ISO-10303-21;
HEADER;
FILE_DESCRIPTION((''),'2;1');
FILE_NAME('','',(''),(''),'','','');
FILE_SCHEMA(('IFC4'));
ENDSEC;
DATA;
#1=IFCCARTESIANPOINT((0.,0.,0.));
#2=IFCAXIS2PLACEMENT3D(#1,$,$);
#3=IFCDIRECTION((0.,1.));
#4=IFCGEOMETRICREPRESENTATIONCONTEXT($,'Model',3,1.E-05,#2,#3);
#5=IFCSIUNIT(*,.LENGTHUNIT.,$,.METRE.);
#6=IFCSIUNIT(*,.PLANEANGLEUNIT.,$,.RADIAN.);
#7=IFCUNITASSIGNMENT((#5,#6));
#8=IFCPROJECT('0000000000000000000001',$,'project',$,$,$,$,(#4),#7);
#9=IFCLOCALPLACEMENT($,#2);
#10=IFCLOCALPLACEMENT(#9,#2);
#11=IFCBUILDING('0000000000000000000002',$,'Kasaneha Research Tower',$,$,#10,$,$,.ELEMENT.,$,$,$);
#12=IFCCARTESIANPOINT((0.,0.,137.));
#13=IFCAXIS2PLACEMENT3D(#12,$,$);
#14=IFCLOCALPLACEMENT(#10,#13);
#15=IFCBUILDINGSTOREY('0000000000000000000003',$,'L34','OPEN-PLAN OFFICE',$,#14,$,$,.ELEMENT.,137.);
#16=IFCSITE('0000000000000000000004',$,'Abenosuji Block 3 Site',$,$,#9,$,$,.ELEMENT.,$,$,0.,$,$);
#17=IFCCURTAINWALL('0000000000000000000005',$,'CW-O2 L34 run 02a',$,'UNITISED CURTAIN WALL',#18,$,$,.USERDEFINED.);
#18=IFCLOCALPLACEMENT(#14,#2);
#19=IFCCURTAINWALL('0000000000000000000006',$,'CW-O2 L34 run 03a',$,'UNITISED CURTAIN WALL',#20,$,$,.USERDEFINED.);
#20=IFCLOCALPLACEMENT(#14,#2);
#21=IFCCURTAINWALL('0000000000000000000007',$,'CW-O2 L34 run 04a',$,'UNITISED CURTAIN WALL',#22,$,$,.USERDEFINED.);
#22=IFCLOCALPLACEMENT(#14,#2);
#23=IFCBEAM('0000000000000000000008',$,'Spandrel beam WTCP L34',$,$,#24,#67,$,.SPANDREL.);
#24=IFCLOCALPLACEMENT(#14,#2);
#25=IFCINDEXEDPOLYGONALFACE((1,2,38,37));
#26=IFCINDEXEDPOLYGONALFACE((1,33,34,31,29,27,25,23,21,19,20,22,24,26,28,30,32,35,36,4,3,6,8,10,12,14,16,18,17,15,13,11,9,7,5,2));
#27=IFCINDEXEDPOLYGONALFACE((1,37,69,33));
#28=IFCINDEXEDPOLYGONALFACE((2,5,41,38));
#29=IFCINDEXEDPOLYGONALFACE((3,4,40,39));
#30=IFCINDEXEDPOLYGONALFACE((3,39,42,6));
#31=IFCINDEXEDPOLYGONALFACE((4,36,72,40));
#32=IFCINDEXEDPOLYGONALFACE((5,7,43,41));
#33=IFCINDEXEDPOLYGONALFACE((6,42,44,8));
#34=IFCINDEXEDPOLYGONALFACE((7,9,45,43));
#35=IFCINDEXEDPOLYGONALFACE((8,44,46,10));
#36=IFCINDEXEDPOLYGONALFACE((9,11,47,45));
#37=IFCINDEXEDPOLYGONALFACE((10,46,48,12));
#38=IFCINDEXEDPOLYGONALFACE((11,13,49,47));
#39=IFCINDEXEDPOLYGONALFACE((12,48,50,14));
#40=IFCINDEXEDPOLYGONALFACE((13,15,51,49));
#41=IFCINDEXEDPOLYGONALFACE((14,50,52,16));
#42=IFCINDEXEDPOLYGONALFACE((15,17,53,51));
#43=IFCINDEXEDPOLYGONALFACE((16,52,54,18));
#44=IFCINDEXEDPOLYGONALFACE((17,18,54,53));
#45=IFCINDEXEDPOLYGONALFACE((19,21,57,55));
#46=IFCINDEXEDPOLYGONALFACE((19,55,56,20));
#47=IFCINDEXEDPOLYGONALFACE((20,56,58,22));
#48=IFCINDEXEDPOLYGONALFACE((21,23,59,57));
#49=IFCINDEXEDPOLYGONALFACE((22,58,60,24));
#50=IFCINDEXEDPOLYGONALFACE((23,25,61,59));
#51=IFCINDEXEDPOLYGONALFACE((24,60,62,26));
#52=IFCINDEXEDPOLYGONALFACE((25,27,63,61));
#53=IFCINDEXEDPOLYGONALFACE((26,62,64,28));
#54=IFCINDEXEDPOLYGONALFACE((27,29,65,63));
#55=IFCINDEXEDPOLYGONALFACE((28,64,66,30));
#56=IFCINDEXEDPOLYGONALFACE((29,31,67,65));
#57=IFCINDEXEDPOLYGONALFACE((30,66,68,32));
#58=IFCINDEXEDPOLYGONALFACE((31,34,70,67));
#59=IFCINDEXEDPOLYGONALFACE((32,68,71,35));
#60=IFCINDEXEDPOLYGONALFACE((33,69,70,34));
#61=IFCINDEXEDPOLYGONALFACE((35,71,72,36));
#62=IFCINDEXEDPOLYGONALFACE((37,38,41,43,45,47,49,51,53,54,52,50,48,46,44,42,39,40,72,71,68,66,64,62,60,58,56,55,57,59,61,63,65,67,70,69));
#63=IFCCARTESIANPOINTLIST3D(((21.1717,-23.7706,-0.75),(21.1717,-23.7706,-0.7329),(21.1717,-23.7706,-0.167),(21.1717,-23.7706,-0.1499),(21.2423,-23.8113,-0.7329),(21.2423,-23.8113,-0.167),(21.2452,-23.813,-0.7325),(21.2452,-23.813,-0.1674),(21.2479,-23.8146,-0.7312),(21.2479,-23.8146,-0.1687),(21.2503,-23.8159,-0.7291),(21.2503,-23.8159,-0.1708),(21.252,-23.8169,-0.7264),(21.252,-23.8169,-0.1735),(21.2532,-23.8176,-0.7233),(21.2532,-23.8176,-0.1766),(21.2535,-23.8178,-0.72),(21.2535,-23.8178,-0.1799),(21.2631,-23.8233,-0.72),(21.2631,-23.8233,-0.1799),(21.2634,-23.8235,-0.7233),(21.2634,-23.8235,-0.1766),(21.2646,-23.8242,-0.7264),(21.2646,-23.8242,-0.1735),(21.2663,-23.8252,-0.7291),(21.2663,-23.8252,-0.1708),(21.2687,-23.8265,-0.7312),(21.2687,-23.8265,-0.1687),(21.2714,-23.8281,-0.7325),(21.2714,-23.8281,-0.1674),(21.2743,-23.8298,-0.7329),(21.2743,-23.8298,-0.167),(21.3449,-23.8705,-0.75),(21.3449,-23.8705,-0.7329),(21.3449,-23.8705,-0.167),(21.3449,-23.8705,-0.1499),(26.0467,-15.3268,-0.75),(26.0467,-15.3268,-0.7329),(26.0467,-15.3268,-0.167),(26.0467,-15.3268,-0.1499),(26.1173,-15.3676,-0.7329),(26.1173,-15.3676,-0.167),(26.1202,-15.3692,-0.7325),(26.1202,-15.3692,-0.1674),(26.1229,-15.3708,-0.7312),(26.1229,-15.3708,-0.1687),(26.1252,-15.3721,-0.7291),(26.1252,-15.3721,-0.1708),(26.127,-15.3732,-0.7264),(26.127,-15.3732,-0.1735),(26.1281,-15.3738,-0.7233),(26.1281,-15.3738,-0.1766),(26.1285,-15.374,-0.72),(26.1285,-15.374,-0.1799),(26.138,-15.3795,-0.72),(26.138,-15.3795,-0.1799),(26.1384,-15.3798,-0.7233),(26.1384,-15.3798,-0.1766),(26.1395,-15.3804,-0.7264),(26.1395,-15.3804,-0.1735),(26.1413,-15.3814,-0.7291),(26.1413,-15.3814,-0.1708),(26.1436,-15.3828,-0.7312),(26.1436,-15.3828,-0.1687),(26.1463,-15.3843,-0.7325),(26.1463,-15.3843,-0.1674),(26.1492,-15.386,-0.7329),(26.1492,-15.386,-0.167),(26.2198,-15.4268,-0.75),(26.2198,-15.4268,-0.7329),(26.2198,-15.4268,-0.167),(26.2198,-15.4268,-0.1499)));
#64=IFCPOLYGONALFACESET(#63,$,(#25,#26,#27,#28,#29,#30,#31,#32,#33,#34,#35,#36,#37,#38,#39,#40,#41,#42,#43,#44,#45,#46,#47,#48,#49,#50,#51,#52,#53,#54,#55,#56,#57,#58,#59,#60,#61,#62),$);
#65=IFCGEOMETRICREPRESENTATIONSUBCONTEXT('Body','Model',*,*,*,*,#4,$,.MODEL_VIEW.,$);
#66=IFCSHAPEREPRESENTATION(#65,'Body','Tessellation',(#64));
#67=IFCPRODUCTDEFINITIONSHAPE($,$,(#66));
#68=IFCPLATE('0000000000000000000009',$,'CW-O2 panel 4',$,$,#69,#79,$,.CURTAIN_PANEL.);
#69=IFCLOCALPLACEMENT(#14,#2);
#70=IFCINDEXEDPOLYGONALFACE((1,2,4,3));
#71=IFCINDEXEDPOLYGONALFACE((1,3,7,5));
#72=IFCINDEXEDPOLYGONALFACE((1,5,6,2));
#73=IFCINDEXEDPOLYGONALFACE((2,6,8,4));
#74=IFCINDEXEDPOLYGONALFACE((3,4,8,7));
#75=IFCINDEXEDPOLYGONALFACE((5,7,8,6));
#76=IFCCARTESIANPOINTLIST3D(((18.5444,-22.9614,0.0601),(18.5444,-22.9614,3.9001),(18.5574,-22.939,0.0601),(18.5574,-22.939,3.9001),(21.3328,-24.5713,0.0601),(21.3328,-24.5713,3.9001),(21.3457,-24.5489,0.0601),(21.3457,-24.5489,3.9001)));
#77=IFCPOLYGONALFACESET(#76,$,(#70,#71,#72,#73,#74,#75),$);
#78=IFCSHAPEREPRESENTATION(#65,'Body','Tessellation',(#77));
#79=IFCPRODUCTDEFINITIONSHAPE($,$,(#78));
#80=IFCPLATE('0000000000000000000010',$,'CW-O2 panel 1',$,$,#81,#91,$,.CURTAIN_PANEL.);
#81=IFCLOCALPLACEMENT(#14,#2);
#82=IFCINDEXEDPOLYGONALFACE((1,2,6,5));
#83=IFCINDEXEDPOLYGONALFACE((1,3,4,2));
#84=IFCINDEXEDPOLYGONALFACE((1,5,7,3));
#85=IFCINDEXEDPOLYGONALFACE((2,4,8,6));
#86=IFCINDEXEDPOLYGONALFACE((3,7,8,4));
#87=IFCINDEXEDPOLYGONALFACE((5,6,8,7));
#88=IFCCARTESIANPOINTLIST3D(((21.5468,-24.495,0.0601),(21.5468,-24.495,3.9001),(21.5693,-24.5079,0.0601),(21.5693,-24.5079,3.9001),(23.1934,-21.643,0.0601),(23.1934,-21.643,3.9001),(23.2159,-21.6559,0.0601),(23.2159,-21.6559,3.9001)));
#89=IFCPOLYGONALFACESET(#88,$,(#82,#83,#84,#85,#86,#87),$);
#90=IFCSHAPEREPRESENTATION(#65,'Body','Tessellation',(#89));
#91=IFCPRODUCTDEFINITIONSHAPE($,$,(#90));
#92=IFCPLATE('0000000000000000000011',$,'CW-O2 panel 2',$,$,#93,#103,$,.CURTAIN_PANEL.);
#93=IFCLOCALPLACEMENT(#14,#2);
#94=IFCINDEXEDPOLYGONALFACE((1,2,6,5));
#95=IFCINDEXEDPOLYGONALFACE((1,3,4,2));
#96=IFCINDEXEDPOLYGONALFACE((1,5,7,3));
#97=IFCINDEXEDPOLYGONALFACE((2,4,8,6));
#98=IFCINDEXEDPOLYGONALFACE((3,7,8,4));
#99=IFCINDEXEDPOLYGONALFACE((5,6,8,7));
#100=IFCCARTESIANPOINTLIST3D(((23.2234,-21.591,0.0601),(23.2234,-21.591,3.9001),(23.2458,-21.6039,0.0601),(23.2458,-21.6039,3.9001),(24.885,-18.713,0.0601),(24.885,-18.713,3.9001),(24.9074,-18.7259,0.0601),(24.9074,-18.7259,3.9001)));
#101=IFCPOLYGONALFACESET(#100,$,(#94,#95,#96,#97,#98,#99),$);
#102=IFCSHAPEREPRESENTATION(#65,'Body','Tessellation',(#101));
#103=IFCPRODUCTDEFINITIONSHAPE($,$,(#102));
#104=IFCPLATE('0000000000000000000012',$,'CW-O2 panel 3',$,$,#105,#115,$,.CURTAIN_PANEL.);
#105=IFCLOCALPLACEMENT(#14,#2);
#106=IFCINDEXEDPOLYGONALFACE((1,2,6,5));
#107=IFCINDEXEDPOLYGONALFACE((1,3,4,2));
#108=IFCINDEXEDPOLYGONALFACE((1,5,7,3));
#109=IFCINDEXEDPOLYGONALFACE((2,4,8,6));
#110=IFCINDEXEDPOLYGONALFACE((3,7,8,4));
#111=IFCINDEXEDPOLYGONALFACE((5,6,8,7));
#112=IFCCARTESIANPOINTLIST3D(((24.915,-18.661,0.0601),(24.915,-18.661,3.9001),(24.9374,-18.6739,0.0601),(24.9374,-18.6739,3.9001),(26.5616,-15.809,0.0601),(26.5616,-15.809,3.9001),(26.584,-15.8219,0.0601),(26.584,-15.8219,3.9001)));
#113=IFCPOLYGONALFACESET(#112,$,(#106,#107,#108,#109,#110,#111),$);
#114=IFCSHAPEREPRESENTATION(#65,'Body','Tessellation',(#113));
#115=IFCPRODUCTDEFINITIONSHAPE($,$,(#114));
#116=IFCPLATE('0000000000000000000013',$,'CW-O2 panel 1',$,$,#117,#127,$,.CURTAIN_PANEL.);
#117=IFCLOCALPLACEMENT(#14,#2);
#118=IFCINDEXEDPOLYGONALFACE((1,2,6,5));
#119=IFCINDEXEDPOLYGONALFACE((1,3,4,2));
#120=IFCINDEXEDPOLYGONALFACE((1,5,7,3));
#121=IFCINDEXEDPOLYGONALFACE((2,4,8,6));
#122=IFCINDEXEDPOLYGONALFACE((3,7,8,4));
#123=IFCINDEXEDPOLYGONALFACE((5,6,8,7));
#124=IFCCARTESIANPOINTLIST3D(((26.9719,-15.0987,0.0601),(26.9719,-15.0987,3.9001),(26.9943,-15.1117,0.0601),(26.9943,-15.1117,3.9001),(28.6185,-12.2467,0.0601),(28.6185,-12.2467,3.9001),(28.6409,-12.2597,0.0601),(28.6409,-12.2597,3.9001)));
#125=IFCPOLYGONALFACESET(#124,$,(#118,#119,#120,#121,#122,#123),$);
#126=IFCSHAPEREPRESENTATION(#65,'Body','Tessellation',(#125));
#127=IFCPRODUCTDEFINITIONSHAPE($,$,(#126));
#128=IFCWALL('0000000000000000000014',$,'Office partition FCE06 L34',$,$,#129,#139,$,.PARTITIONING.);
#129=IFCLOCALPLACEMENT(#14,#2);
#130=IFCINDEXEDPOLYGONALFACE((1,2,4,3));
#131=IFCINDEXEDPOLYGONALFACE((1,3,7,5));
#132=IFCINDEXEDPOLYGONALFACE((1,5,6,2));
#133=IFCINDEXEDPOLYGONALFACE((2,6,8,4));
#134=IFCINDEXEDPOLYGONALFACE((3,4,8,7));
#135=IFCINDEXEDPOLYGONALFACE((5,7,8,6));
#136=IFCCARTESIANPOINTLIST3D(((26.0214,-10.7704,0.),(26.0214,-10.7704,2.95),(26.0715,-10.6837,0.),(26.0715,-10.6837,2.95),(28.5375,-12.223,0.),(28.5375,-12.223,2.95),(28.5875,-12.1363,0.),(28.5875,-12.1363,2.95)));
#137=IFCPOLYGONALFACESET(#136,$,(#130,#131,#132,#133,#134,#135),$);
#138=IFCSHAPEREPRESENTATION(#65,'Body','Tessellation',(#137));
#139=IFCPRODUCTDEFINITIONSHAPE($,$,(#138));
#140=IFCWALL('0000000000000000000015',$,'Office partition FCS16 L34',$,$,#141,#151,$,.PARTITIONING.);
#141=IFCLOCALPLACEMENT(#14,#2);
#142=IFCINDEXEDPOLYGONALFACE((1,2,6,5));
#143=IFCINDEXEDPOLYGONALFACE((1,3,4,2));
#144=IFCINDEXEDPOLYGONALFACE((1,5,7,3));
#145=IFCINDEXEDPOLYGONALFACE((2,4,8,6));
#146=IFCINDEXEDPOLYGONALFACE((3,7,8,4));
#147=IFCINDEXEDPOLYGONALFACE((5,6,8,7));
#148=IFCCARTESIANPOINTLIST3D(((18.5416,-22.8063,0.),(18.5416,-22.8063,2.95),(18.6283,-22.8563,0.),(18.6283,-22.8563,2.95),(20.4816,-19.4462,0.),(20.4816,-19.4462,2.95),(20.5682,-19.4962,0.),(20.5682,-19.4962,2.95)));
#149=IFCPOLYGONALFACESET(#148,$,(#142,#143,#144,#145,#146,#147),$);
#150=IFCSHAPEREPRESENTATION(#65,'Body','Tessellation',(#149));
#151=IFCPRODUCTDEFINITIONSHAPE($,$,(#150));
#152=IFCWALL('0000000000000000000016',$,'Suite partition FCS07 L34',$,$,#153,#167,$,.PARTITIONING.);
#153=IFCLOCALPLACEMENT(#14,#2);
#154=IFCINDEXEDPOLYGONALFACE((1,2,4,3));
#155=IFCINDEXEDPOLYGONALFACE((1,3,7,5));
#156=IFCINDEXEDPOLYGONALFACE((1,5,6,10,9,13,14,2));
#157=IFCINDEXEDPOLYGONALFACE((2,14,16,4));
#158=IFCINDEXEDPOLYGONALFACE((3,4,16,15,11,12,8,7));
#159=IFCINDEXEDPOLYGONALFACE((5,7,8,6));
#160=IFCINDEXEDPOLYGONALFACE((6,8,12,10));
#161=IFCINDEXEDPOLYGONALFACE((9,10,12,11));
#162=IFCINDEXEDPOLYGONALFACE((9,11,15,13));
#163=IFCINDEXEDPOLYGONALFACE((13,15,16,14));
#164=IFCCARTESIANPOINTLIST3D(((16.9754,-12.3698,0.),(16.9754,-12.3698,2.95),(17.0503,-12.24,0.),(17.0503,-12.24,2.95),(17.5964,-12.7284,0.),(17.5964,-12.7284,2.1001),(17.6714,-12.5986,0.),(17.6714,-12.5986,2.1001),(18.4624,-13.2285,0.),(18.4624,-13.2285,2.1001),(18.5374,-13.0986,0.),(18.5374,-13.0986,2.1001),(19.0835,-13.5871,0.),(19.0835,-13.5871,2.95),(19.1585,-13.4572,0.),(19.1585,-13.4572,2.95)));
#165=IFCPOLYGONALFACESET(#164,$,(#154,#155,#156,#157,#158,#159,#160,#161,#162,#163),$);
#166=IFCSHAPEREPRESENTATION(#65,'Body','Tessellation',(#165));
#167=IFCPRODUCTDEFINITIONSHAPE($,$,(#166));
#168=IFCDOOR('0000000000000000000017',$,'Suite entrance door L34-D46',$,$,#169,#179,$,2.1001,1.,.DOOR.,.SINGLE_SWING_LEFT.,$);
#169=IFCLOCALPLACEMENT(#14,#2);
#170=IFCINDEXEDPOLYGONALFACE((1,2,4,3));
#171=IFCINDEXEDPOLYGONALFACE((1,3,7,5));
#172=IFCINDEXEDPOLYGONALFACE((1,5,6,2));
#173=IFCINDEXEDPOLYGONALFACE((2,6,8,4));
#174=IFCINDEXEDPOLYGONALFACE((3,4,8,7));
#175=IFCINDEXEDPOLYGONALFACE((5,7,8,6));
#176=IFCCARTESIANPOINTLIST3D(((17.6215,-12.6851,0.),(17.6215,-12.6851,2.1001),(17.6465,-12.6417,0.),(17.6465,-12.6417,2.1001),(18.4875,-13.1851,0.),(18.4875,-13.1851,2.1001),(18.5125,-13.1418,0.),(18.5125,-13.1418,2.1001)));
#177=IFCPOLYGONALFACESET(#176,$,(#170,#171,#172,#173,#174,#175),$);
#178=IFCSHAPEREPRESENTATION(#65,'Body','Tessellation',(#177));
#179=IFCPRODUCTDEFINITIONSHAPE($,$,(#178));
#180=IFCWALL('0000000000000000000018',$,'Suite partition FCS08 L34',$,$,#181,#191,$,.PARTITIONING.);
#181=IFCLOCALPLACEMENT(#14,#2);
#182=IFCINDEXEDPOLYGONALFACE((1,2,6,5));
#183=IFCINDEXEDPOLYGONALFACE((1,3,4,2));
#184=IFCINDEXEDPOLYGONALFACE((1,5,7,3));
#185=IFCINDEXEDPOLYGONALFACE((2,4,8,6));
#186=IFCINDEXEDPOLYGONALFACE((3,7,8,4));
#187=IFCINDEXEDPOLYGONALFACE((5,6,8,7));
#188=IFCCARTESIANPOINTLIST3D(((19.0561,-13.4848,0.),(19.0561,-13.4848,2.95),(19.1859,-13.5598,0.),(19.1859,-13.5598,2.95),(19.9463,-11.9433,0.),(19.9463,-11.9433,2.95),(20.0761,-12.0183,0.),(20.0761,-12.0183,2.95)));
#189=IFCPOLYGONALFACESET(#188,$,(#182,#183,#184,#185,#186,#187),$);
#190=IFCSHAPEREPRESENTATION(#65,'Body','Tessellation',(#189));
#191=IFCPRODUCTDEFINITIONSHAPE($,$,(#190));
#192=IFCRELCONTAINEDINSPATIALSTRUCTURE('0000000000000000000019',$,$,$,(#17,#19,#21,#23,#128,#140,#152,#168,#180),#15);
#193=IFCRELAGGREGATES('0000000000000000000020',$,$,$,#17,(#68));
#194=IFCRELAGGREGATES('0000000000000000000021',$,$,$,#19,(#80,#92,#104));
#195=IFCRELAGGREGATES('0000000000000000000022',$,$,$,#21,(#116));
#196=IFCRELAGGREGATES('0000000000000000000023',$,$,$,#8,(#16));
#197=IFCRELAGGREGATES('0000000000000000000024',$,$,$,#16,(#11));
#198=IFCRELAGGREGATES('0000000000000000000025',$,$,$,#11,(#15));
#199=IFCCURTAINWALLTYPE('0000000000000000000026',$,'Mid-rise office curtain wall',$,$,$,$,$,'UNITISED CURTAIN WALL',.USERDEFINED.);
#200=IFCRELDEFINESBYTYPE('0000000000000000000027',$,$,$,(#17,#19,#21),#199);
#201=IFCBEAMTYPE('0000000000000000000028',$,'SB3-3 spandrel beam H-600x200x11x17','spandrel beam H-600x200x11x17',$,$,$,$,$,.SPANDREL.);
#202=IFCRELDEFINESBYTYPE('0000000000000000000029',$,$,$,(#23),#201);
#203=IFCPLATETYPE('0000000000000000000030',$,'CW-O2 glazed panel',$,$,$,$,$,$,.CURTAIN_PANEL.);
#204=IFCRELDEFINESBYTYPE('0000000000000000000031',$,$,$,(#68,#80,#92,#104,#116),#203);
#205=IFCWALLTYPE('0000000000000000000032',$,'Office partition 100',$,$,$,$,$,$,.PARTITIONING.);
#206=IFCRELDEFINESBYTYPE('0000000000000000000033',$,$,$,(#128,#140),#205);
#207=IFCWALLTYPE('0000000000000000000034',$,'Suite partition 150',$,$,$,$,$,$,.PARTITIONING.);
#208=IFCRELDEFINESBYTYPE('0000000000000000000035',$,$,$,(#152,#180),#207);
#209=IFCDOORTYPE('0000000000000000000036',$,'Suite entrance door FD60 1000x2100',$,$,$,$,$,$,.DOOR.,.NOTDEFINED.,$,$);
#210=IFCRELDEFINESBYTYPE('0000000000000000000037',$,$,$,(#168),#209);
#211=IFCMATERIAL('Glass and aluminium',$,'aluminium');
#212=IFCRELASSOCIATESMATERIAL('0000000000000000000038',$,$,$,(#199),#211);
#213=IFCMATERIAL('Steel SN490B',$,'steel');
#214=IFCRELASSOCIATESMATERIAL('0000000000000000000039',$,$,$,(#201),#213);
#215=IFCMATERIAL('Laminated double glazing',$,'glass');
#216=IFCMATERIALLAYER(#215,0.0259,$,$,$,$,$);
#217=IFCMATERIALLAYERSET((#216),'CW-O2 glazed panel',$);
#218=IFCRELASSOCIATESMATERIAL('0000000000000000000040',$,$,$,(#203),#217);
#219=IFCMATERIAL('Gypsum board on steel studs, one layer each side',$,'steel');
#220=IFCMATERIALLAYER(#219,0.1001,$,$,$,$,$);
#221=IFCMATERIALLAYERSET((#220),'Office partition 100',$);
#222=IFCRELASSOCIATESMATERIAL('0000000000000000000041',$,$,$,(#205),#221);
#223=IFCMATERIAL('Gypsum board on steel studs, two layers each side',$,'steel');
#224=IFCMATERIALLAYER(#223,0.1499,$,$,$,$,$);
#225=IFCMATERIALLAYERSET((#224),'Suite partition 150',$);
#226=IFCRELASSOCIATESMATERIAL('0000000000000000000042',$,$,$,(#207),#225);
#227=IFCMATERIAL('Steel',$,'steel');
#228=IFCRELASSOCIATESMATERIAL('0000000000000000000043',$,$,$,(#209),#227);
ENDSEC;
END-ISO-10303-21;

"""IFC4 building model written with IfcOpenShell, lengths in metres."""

from ifc_helpers import new_model, si_unit, direction, frame, frame_2d, origin, origin_2d, place, context, subcontext, project, spatial, rectangle, i_section, extrude, material, layer, layer_set, material_profile, profile_set, type_object, element, fill, aggregate, save


model = new_model("IFC4")

# Units and contexts
model_context = context("Model", 3, precision=1e-05, world=origin(), true_north=direction((0.0, 1.0)))
body_context = subcontext(model_context, "Body", "Model", "MODEL_VIEW")
ifc_project = project(units=[si_unit("LENGTHUNIT", "METRE"), si_unit("PLANEANGLEUNIT", "RADIAN")], contexts=[model_context])

# Site, building, storey
site_placement = place(None, origin())
site = spatial("IfcSite", under=ifc_project, at=site_placement, Name="Abenosuji Block 3 Site", CompositionType="ELEMENT", RefElevation=0.0)
building_placement = place(site_placement, origin())
building = spatial("IfcBuilding", under=site, at=building_placement, Name="Kasaneha Research Tower", CompositionType="ELEMENT")
storey_placement = place(building_placement, frame((0.0, 0.0, 137.0)))
storey = spatial("IfcBuildingStorey", under=building, at=storey_placement, Name="L34", Description="OPEN-PLAN OFFICE", CompositionType="ELEMENT", Elevation=137.0)

# Curtain wall
ifc_material_1 = material(Name="Glass and aluminium", Category="aluminium")
curtain_wall_type = type_object("IfcCurtainWallType", Name="Mid-rise office curtain wall", ElementType="UNITISED CURTAIN WALL", PredefinedType="USERDEFINED", material=ifc_material_1)
curtain_wall_1_placement = place(storey_placement, origin())
curtain_wall_1 = element("IfcCurtainWall", 1, at=curtain_wall_1_placement, inside=storey, type_object=curtain_wall_type, Name="CW-O2 L34 run 02a", ObjectType="UNITISED CURTAIN WALL", PredefinedType="USERDEFINED")

# Curtain walls
curtain_wall_2_placement = place(storey_placement, origin())
curtain_wall_2 = element("IfcCurtainWall", 2, at=curtain_wall_2_placement, inside=storey, type_object=curtain_wall_type, Name="CW-O2 L34 run 03a", ObjectType="UNITISED CURTAIN WALL", PredefinedType="USERDEFINED")
curtain_wall_3_placement = place(storey_placement, origin())
curtain_wall_3 = element("IfcCurtainWall", 3, at=curtain_wall_3_placement, inside=storey, type_object=curtain_wall_type, Name="CW-O2 L34 run 04a", ObjectType="UNITISED CURTAIN WALL", PredefinedType="USERDEFINED")

# Beam
ifc_material_2 = material(Name="Steel SN490B", Category="steel")
ifc_material_profile_1 = material_profile(ifc_material_2, i_section(OverallWidth=0.2, OverallDepth=0.6001, WebThickness=0.011, FlangeThickness=0.0171, FilletRadius=0.0129, at=origin_2d()), Name="H-600x200x11x17")
ifc_profile_set_1 = profile_set([ifc_material_profile_1], Name="Steel SN490B")
beam_type = type_object("IfcBeamType", Name="SB3-3 spandrel beam H-600x200x11x17", Description="spandrel beam H-600x200x11x17", PredefinedType="SPANDREL", material=ifc_profile_set_1)
beam_placement = place(storey_placement, frame((21.2583, -23.8206, -0.45), z_axis=(0.499996, 0.866028, 0.0), x_axis=(-0.866028, 0.499996, 0.0)))
element("IfcBeam", 4, at=beam_placement, inside=storey, type_object=beam_type, Name="Spandrel beam WTCP L34", PredefinedType="SPANDREL", context=body_context, shape_type="SweptSolid", body=[
    extrude(i_section(OverallWidth=0.2, OverallDepth=0.6001, WebThickness=0.011, FlangeThickness=0.0171, FilletRadius=0.0129, at=origin_2d()), origin(), (0.0, 0.0, 1.0), 9.75),
])

# Plates
ifc_material_3 = material(Name="Laminated double glazing", Category="glass")
ifc_layer_1 = layer(ifc_material_3, 0.0259)
ifc_layer_set_1 = layer_set([ifc_layer_1], Name="CW-O2 glazed panel")
plate_type = type_object("IfcPlateType", Name="CW-O2 glazed panel", PredefinedType="CURTAIN_PANEL", material=ifc_layer_set_1)
plate_1_placement = place(storey_placement, frame((19.9451, -23.7551, 0.0601), z_axis=(0.0, 0.0, 1.0), x_axis=(0.866025, -0.5, 0.0)))
plate_1 = element("IfcPlate", 5, at=plate_1_placement, type_object=plate_type, Name="CW-O2 panel 4", PredefinedType="CURTAIN_PANEL", context=body_context, shape_type="SweptSolid", body=[
    extrude(rectangle(XDim=3.2197, YDim=0.0259, at=origin_2d()), origin(), (0.0, 0.0, 1.0), 3.8401),
])
aggregate(curtain_wall_1, [plate_1])
plate_2_placement = place(storey_placement, frame((22.3813, -23.0754, 0.0601), z_axis=(0.0, 0.0, 1.0), x_axis=(0.5, 0.866025, 0.0)))
plate_2 = element("IfcPlate", 6, at=plate_2_placement, type_object=plate_type, Name="CW-O2 panel 1", PredefinedType="CURTAIN_PANEL", context=body_context, shape_type="SweptSolid", body=[
    extrude(rectangle(XDim=3.2932, YDim=0.0259, at=origin_2d()), origin(), (0.0, 0.0, 1.0), 3.8401),
])
plate_3_placement = place(storey_placement, frame((24.0654, -20.1584, 0.0601), z_axis=(0.0, 0.0, 1.0), x_axis=(0.5, 0.866025, 0.0)))
plate_3 = element("IfcPlate", 7, at=plate_3_placement, type_object=plate_type, Name="CW-O2 panel 2", PredefinedType="CURTAIN_PANEL", context=body_context, shape_type="SweptSolid", body=[
    extrude(rectangle(XDim=3.3232, YDim=0.0259, at=origin_2d()), origin(), (0.0, 0.0, 1.0), 3.8401),
])
plate_4_placement = place(storey_placement, frame((25.7495, -17.2415, 0.0601), z_axis=(0.0, 0.0, 1.0), x_axis=(0.5, 0.866025, 0.0)))
plate_4 = element("IfcPlate", 8, at=plate_4_placement, type_object=plate_type, Name="CW-O2 panel 3", PredefinedType="CURTAIN_PANEL", context=body_context, shape_type="SweptSolid", body=[
    extrude(rectangle(XDim=3.2932, YDim=0.0259, at=origin_2d()), origin(), (0.0, 0.0, 1.0), 3.8401),
])
aggregate(curtain_wall_2, [plate_2, plate_3, plate_4])
plate_5_placement = place(storey_placement, frame((27.8064, -13.6792, 0.0601), z_axis=(0.0, 0.0, 1.0), x_axis=(0.5, 0.866025, 0.0)))
plate_5 = element("IfcPlate", 9, at=plate_5_placement, type_object=plate_type, Name="CW-O2 panel 1", PredefinedType="CURTAIN_PANEL", context=body_context, shape_type="SweptSolid", body=[
    extrude(rectangle(XDim=3.2932, YDim=0.0259, at=origin_2d()), origin(), (0.0, 0.0, 1.0), 3.8401),
])
aggregate(curtain_wall_3, [plate_5])

# Walls
ifc_material_4 = material(Name="Gypsum board on steel studs, one layer each side", Category="steel")
ifc_layer_2 = layer(ifc_material_4, 0.1001)
ifc_layer_set_2 = layer_set([ifc_layer_2], Name="Office partition 100")
wall_type_1 = type_object("IfcWallType", Name="Office partition 100", PredefinedType="PARTITIONING", material=ifc_layer_set_2)
wall_1_placement = place(storey_placement, frame((28.5625, -12.1797, 0.0), z_axis=(0.0, 0.0, 1.0), x_axis=(-0.866032, 0.499989, 0.0)))
element("IfcWall", 10, at=wall_1_placement, inside=storey, type_object=wall_type_1, Name="Office partition FCE06 L34", PredefinedType="PARTITIONING", context=body_context, shape_type="SweptSolid", body=[
    extrude(rectangle(XDim=2.9053, YDim=0.1001, at=frame_2d((1.4526, 0.0))), origin(), (0.0, 0.0, 1.0), 2.95),
])
wall_2_placement = place(storey_placement, frame((20.5249, -19.4712, 0.0), z_axis=(0.0, 0.0, 1.0), x_axis=(-0.499997, -0.866027, 0.0)))
element("IfcWall", 11, at=wall_2_placement, inside=storey, type_object=wall_type_1, Name="Office partition FCS16 L34", PredefinedType="PARTITIONING", context=body_context, shape_type="SweptSolid", body=[
    extrude(rectangle(XDim=3.8799, YDim=0.1001, at=frame_2d((1.9399, 0.0))), origin(), (0.0, 0.0, 1.0), 2.95),
])

# Wall, opening, door
ifc_material_5 = material(Name="Gypsum board on steel studs, two layers each side", Category="steel")
ifc_layer_3 = layer(ifc_material_5, 0.1499)
ifc_layer_set_3 = layer_set([ifc_layer_3], Name="Suite partition 150")
wall_type_2 = type_object("IfcWallType", Name="Suite partition 150", PredefinedType="PARTITIONING", material=ifc_layer_set_3)
wall_3_placement = place(storey_placement, frame((19.1211, -13.5222, 0.0), z_axis=(0.0, 0.0, 1.0), x_axis=(-0.866, 0.500044, 0.0)))
wall_3 = element("IfcWall", 12, at=wall_3_placement, inside=storey, type_object=wall_type_2, Name="Suite partition FCS07 L34", PredefinedType="PARTITIONING", context=body_context, shape_type="SweptSolid", body=[
    extrude(rectangle(XDim=2.4343, YDim=0.1499, at=frame_2d((1.2173, 0.0))), origin(), (0.0, 0.0, 1.0), 2.95),
])
opening_placement = place(wall_3_placement, frame((0.7173, 0.0, 0.0)))
opening = element("IfcOpeningElement", 13, at=opening_placement, cuts=wall_3, PredefinedType="OPENING", context=body_context, shape_type="SweptSolid", body=[
    extrude(rectangle(XDim=1.0, YDim=2.1001, at=frame_2d((0.5, 1.05))), frame((0.0, 0.085, 0.0), z_axis=(0.0, -1.0, 0.0), x_axis=(1.0, 0.0, 0.0)), (0.0, 0.0, 1.0), 0.1699),
])
ifc_material_6 = material(Name="Steel", Category="steel")
door_type = type_object("IfcDoorType", Name="Suite entrance door FD60 1000x2100", OperationType="NOTDEFINED", PredefinedType="DOOR", material=ifc_material_6)
door_placement = place(opening_placement, origin())
door = element("IfcDoor", 14, at=door_placement, inside=storey, type_object=door_type, Name="Suite entrance door L34-D46", OperationType="SINGLE_SWING_LEFT", OverallHeight=2.1001, OverallWidth=1.0, PredefinedType="DOOR", context=body_context, shape_type="SweptSolid", body=[
    extrude(rectangle(XDim=1.0, YDim=2.1001, at=frame_2d((0.5, 1.05))), frame((0.0, 0.0249, 0.0), z_axis=(0.0, -1.0, 0.0), x_axis=(1.0, 0.0, 0.0)), (0.0, 0.0, 1.0), 0.05),
])
fill(opening, door)

# Wall
wall_4_placement = place(storey_placement, frame((20.0112, -11.9807, 0.0), z_axis=(0.0, 0.0, 1.0), x_axis=(-0.500063, -0.865989, 0.0)))
element("IfcWall", 15, at=wall_4_placement, inside=storey, type_object=wall_type_2, Name="Suite partition FCS08 L34", PredefinedType="PARTITIONING", context=body_context, shape_type="SweptSolid", body=[
    extrude(rectangle(XDim=1.78, YDim=0.1499, at=frame_2d((0.8901, 0.0))), origin(), (0.0, 0.0, 1.0), 2.95),
])

save(model, "model.ifc")
